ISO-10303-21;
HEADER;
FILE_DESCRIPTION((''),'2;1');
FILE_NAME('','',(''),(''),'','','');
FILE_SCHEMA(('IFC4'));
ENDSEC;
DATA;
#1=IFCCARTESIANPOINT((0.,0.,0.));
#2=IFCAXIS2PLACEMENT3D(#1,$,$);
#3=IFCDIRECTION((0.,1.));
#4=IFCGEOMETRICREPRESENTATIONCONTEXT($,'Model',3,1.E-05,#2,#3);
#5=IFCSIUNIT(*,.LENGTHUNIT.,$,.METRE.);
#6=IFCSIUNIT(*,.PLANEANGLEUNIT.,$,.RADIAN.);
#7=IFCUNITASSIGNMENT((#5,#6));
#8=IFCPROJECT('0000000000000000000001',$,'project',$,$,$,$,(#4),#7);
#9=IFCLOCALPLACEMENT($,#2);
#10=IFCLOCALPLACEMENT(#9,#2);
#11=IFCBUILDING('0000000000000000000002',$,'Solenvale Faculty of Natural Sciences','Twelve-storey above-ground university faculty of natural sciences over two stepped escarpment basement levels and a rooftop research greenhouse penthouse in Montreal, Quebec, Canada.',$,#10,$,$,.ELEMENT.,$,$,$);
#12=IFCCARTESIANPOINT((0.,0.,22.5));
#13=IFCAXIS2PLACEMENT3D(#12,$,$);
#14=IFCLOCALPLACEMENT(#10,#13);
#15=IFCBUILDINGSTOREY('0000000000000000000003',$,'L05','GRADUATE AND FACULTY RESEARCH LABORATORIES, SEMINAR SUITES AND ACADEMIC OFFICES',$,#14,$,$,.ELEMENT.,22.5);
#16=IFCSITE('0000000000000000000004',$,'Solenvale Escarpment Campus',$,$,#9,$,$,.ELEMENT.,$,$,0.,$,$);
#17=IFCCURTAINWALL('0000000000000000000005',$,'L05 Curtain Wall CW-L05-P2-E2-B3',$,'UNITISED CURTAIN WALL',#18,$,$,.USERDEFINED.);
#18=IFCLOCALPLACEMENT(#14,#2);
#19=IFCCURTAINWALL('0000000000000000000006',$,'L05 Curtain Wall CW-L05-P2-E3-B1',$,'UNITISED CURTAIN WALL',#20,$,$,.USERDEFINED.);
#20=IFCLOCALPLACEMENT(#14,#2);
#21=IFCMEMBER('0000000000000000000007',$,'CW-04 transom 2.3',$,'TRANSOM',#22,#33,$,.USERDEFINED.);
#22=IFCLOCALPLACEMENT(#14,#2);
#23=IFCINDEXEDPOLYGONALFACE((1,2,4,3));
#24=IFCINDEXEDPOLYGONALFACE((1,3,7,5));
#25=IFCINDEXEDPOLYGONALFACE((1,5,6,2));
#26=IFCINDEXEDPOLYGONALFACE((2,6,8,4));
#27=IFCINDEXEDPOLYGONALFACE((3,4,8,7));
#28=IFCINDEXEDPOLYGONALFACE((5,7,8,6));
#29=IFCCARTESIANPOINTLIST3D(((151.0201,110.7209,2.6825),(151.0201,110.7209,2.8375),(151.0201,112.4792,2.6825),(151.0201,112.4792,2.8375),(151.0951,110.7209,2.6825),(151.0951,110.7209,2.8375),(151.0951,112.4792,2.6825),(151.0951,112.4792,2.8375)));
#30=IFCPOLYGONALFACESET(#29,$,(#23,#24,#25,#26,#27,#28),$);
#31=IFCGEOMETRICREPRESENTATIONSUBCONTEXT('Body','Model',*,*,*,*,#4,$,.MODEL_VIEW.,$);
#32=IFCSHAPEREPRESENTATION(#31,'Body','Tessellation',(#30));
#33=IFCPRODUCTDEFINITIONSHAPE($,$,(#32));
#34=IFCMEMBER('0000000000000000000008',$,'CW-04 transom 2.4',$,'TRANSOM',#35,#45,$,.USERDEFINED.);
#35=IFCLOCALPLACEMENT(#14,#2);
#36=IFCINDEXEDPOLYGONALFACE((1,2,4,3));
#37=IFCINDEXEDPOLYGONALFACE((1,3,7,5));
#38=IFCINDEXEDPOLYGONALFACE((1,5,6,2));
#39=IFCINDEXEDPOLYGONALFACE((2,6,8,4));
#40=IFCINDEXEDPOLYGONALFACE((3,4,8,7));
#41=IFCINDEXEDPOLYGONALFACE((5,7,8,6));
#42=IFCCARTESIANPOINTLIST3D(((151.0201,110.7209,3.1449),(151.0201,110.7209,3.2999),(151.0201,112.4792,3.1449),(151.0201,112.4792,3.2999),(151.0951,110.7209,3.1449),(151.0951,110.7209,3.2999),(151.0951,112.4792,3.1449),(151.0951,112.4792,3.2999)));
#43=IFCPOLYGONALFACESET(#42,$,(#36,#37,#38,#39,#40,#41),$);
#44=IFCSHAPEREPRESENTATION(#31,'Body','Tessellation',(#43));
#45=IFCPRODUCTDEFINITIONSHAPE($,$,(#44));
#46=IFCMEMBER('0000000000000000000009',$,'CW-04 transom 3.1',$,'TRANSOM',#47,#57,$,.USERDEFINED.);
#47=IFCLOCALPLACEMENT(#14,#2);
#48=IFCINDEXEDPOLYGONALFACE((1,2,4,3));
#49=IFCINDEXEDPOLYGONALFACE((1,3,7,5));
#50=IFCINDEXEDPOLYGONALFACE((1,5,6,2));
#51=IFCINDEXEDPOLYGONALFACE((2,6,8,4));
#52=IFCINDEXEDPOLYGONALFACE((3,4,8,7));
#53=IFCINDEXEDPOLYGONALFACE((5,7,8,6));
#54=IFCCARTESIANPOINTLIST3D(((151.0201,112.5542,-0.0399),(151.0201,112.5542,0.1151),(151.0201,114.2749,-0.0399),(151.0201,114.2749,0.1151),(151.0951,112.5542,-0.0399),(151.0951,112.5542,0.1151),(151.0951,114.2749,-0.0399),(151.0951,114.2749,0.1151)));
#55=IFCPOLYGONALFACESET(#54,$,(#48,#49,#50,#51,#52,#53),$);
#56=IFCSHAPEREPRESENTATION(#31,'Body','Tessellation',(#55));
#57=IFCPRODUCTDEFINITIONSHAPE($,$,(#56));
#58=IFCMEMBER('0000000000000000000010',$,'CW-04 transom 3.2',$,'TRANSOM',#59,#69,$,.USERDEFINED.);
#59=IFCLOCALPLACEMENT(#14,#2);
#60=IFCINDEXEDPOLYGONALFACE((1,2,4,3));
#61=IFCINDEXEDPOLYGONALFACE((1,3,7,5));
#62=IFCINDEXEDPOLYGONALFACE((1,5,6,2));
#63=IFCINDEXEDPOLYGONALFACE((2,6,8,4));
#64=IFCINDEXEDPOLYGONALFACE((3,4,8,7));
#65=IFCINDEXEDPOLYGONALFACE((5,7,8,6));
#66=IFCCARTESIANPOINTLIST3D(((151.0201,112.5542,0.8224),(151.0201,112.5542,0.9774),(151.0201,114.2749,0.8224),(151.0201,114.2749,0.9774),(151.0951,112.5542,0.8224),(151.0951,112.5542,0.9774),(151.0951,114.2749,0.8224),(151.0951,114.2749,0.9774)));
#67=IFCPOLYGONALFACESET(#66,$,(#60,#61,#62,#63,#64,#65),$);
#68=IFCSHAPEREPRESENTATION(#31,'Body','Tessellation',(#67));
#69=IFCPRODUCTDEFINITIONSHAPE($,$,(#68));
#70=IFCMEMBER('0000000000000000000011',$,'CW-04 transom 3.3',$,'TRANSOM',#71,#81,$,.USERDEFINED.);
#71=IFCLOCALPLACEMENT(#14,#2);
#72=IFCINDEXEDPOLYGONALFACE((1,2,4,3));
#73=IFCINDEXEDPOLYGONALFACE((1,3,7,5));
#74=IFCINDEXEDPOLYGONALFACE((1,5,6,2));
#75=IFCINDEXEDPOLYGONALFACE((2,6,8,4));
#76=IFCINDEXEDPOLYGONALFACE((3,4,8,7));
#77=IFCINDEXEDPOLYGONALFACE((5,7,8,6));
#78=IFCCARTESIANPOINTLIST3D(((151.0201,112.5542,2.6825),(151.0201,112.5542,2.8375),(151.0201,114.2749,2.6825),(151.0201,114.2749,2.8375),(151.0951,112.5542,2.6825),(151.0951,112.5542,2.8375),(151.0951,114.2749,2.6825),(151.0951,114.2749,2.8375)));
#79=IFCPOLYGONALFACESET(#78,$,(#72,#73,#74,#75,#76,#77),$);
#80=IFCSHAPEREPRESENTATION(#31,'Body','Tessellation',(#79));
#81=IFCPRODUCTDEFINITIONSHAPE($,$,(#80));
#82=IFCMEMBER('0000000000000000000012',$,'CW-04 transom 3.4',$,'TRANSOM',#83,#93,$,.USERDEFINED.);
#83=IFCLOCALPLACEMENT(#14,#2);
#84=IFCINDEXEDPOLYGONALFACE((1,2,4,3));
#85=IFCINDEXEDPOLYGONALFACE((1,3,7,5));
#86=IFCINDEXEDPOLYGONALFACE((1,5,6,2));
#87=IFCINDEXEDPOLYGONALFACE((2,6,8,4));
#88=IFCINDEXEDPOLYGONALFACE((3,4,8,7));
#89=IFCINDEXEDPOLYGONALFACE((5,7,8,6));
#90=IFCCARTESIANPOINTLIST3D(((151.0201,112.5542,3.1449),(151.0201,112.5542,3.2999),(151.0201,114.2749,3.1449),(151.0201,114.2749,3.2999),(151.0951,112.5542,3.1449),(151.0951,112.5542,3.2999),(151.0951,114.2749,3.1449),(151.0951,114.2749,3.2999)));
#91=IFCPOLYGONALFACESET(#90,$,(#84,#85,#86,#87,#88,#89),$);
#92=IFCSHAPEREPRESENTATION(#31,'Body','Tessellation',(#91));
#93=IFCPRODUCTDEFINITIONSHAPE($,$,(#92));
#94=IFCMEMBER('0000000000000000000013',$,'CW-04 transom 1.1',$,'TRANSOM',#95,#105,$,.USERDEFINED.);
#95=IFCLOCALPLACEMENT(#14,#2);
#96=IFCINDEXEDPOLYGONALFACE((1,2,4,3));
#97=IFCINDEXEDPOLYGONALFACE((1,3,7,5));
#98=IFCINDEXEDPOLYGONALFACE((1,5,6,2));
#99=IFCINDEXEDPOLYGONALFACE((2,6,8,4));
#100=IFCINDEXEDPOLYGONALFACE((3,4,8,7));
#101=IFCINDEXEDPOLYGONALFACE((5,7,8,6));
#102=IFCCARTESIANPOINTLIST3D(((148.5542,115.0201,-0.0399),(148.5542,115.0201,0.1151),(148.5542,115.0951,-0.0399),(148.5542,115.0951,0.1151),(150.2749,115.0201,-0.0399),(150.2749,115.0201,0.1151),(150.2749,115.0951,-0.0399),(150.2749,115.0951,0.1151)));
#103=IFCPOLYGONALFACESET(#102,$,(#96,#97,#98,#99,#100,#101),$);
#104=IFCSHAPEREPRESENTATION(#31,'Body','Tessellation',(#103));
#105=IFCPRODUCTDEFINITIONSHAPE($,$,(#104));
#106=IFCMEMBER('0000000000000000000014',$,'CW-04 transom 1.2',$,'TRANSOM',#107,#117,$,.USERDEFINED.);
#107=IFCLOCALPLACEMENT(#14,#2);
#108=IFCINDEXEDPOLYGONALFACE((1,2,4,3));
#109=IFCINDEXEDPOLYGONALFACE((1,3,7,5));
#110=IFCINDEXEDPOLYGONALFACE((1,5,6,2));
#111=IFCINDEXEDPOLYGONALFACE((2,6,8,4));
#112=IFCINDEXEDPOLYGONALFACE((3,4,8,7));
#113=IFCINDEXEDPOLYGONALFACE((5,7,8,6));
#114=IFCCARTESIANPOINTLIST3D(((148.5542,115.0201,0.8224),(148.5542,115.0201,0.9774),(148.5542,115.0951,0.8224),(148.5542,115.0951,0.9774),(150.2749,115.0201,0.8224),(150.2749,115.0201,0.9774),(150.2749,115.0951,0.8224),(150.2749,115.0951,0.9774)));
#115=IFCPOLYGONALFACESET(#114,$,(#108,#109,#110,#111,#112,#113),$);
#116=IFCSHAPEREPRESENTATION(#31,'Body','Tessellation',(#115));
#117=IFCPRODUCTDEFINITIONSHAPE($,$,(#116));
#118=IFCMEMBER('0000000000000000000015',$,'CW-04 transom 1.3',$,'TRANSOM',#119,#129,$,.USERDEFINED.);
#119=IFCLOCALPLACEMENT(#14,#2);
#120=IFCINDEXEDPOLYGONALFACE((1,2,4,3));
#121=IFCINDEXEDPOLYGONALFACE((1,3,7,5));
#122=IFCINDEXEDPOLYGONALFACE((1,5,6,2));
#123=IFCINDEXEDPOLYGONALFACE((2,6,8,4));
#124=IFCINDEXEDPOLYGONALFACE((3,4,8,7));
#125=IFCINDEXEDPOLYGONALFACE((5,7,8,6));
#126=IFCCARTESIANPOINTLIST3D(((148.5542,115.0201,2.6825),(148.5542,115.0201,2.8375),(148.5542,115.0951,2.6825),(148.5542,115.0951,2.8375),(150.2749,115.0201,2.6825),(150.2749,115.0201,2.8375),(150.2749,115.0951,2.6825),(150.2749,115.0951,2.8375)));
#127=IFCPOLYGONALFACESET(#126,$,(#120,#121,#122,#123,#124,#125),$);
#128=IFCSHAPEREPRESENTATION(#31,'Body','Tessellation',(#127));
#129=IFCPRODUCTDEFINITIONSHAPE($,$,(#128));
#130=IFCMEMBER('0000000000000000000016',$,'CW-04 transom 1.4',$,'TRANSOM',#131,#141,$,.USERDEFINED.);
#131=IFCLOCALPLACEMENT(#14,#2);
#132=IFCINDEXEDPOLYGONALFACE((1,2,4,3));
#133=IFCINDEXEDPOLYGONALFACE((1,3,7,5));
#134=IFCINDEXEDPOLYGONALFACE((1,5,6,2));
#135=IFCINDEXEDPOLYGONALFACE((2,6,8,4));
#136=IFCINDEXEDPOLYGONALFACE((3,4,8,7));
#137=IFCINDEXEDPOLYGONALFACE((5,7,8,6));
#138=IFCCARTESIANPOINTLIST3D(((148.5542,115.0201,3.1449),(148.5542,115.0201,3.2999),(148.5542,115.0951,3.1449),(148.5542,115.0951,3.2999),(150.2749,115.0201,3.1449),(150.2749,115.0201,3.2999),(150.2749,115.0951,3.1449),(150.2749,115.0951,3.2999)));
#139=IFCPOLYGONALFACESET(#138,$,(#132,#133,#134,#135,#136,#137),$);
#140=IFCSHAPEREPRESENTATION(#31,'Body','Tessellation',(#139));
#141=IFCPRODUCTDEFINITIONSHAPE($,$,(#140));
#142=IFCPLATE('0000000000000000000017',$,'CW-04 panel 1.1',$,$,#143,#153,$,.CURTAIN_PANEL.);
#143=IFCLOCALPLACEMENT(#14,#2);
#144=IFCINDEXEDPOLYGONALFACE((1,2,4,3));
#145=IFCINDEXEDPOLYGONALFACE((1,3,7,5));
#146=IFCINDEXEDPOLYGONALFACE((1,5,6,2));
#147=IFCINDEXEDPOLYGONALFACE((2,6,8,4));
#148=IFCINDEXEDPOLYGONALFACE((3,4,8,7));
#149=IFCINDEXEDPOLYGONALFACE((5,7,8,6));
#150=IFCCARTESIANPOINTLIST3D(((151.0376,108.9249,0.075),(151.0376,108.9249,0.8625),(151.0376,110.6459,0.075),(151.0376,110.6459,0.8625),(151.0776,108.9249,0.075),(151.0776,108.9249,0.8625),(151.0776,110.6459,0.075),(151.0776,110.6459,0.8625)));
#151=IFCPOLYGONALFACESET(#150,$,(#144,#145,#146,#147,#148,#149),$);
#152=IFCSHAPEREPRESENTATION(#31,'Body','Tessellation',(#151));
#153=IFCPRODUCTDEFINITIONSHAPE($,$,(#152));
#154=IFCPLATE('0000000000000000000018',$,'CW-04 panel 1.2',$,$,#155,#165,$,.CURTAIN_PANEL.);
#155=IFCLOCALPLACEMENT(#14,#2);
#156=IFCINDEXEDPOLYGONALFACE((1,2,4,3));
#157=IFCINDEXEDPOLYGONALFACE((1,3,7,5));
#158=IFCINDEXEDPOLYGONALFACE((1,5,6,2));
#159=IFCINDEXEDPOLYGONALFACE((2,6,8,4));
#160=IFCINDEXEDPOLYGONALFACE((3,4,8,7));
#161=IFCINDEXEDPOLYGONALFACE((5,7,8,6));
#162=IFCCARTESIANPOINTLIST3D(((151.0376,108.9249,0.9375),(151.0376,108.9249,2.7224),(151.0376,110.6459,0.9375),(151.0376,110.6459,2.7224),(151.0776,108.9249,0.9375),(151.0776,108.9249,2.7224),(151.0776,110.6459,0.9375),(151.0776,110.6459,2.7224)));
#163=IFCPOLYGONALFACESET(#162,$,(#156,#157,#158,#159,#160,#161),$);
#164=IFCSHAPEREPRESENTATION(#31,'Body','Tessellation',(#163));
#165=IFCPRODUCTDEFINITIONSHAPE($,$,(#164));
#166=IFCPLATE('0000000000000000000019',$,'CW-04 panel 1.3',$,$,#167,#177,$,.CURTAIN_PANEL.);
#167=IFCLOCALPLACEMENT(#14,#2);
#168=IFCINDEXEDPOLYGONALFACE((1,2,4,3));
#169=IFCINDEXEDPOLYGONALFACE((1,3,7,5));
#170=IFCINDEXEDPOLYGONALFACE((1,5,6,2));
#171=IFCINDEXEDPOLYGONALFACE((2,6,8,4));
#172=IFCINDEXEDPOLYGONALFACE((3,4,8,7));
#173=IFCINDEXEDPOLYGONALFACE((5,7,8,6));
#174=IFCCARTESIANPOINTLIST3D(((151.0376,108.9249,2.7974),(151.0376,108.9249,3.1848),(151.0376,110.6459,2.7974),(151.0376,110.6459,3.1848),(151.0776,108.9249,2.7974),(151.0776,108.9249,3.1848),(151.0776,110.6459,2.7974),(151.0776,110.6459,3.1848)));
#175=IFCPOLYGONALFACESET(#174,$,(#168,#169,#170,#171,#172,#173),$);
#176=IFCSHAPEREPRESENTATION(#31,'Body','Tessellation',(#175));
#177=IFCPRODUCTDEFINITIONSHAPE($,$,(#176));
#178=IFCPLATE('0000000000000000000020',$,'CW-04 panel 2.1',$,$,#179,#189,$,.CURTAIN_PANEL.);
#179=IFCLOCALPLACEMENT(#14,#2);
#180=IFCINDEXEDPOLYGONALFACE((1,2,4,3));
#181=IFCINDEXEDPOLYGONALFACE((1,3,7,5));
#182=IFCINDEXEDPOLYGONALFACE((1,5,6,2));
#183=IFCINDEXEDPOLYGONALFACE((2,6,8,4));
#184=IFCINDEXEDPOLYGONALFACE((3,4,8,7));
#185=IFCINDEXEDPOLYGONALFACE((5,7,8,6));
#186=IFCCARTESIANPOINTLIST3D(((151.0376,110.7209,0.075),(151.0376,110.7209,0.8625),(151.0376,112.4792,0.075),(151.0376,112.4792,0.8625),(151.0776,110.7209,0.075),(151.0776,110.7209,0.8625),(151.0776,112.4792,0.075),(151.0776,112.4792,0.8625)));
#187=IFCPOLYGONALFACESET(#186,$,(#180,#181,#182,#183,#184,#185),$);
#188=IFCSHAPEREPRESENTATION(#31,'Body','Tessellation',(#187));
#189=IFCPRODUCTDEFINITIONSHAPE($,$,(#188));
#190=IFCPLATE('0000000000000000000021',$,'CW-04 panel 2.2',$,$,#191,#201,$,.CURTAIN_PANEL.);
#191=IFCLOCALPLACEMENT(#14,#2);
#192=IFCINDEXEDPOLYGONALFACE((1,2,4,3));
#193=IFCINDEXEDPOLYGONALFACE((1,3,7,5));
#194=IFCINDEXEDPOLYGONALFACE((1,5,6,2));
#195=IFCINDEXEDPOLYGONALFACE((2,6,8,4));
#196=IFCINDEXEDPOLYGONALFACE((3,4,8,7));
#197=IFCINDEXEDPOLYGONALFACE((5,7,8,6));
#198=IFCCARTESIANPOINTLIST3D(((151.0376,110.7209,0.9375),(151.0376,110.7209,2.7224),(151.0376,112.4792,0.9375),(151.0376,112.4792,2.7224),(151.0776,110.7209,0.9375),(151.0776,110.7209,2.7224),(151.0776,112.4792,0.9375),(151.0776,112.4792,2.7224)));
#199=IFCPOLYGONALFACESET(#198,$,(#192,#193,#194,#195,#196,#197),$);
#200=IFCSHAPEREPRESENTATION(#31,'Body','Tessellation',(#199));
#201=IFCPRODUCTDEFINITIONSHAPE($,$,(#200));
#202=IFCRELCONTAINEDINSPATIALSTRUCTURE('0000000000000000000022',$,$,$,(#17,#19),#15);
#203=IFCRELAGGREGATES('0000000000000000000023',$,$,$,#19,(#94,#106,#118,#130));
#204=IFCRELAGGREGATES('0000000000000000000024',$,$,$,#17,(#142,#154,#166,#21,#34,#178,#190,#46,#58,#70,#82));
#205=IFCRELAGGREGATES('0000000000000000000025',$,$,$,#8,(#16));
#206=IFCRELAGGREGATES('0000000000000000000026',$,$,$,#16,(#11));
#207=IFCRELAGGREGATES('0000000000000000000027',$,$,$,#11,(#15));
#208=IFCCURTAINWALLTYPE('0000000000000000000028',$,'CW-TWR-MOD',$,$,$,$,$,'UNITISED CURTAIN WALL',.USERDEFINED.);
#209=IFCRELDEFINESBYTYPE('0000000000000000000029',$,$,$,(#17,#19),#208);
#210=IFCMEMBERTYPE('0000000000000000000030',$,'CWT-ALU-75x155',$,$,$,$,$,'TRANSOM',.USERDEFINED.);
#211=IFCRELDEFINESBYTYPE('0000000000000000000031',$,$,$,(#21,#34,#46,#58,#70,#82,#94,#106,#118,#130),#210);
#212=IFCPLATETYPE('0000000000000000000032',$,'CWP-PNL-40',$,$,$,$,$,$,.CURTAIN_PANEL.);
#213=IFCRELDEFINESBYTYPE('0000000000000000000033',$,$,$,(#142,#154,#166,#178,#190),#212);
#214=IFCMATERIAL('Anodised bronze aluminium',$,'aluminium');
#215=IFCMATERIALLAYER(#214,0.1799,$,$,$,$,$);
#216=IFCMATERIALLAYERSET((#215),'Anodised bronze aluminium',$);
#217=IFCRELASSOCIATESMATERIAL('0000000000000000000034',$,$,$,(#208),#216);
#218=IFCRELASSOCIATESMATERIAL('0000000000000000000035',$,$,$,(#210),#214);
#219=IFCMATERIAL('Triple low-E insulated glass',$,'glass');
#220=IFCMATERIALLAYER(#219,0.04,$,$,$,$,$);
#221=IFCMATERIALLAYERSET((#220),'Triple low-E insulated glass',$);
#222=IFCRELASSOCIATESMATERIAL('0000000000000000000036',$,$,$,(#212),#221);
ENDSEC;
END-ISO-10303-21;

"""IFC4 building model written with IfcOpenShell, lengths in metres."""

from ifc_helpers import new_model, si_unit, direction, frame, origin, origin_2d, place, context, subcontext, project, spatial, rectangle, extrude, material, layer, layer_set, material_profile, profile_set, type_object, element, aggregate, save


model = new_model("IFC4")

# Units and contexts
model_context = context("Model", 3, precision=1e-05, world=origin(), true_north=direction((0.0, 1.0)))
body_context = subcontext(model_context, "Body", "Model", "MODEL_VIEW")
ifc_project = project(units=[si_unit("LENGTHUNIT", "METRE"), si_unit("PLANEANGLEUNIT", "RADIAN")], contexts=[model_context])

# Site, building, storey
site_placement = place(None, origin())
site = spatial("IfcSite", under=ifc_project, at=site_placement, Name="Solenvale Escarpment Campus", CompositionType="ELEMENT", RefElevation=0.0)
building_placement = place(site_placement, origin())
building = spatial("IfcBuilding", under=site, at=building_placement, Name="Solenvale Faculty of Natural Sciences", Description="Twelve-storey above-ground university faculty of natural sciences over two stepped escarpment basement levels and a rooftop research greenhouse penthouse in Montreal, Quebec, Canada.", CompositionType="ELEMENT")
storey_placement = place(building_placement, frame((0.0, 0.0, 22.5)))
storey = spatial("IfcBuildingStorey", under=building, at=storey_placement, Name="L05", Description="GRADUATE AND FACULTY RESEARCH LABORATORIES, SEMINAR SUITES AND ACADEMIC OFFICES", CompositionType="ELEMENT", Elevation=22.5)

# Curtain wall
ifc_material_1 = material(Name="Anodised bronze aluminium", Category="aluminium")
ifc_layer_1 = layer(ifc_material_1, 0.1799)
ifc_layer_set_1 = layer_set([ifc_layer_1], Name="Anodised bronze aluminium")
curtain_wall_type = type_object("IfcCurtainWallType", Name="CW-TWR-MOD", ElementType="UNITISED CURTAIN WALL", PredefinedType="USERDEFINED", material=ifc_layer_set_1)
curtain_wall_1_placement = place(storey_placement, origin())
curtain_wall_1 = element("IfcCurtainWall", 1, at=curtain_wall_1_placement, inside=storey, type_object=curtain_wall_type, Name="L05 Curtain Wall CW-L05-P2-E2-B3", ObjectType="UNITISED CURTAIN WALL", PredefinedType="USERDEFINED")

# Curtain wall
curtain_wall_2_placement = place(storey_placement, origin())
curtain_wall_2 = element("IfcCurtainWall", 2, at=curtain_wall_2_placement, inside=storey, type_object=curtain_wall_type, Name="L05 Curtain Wall CW-L05-P2-E3-B1", ObjectType="UNITISED CURTAIN WALL", PredefinedType="USERDEFINED")

# Members
ifc_material_profile_1 = material_profile(ifc_material_1, rectangle(XDim=0.075, YDim=0.155, at=origin_2d()), Name="ALU-TRN-75x155")
ifc_profile_set_1 = profile_set([ifc_material_profile_1], Name="Anodised bronze aluminium")
member_type_1 = type_object("IfcMemberType", Name="CWT-ALU-75x155", ElementType="TRANSOM", PredefinedType="USERDEFINED", material=ifc_profile_set_1)
member_1_placement = place(storey_placement, frame((151.0576, 110.7209, 2.76), z_axis=(0.0, 1.0, 0.0), x_axis=(-1.0, 0.0, 0.0)))
member_1 = element("IfcMember", 3, at=member_1_placement, type_object=member_type_1, Name="CW-04 transom 2.3", ObjectType="TRANSOM", PredefinedType="USERDEFINED", context=body_context, shape_type="SweptSolid", body=[
    extrude(rectangle(XDim=0.075, YDim=0.155, at=origin_2d()), origin(), (0.0, 0.0, 1.0), 1.7583),
])
member_2_placement = place(storey_placement, frame((151.0576, 110.7209, 3.2224), z_axis=(0.0, 1.0, 0.0), x_axis=(-1.0, 0.0, 0.0)))
member_2 = element("IfcMember", 4, at=member_2_placement, type_object=member_type_1, Name="CW-04 transom 2.4", ObjectType="TRANSOM", PredefinedType="USERDEFINED", context=body_context, shape_type="SweptSolid", body=[
    extrude(rectangle(XDim=0.075, YDim=0.155, at=origin_2d()), origin(), (0.0, 0.0, 1.0), 1.7583),
])
member_3_placement = place(storey_placement, frame((151.0576, 112.5542, 0.0376), z_axis=(0.0, 1.0, 0.0), x_axis=(-1.0, 0.0, 0.0)))
member_3 = element("IfcMember", 5, at=member_3_placement, type_object=member_type_1, Name="CW-04 transom 3.1", ObjectType="TRANSOM", PredefinedType="USERDEFINED", context=body_context, shape_type="SweptSolid", body=[
    extrude(rectangle(XDim=0.075, YDim=0.155, at=origin_2d()), origin(), (0.0, 0.0, 1.0), 1.7207),
])
member_4_placement = place(storey_placement, frame((151.0576, 112.5542, 0.8999), z_axis=(0.0, 1.0, 0.0), x_axis=(-1.0, 0.0, 0.0)))
member_4 = element("IfcMember", 6, at=member_4_placement, type_object=member_type_1, Name="CW-04 transom 3.2", ObjectType="TRANSOM", PredefinedType="USERDEFINED", context=body_context, shape_type="SweptSolid", body=[
    extrude(rectangle(XDim=0.075, YDim=0.155, at=origin_2d()), origin(), (0.0, 0.0, 1.0), 1.7207),
])
member_5_placement = place(storey_placement, frame((151.0576, 112.5542, 2.76), z_axis=(0.0, 1.0, 0.0), x_axis=(-1.0, 0.0, 0.0)))
member_5 = element("IfcMember", 7, at=member_5_placement, type_object=member_type_1, Name="CW-04 transom 3.3", ObjectType="TRANSOM", PredefinedType="USERDEFINED", context=body_context, shape_type="SweptSolid", body=[
    extrude(rectangle(XDim=0.075, YDim=0.155, at=origin_2d()), origin(), (0.0, 0.0, 1.0), 1.7207),
])
member_6_placement = place(storey_placement, frame((151.0576, 112.5542, 3.2224), z_axis=(0.0, 1.0, 0.0), x_axis=(-1.0, 0.0, 0.0)))
member_6 = element("IfcMember", 8, at=member_6_placement, type_object=member_type_1, Name="CW-04 transom 3.4", ObjectType="TRANSOM", PredefinedType="USERDEFINED", context=body_context, shape_type="SweptSolid", body=[
    extrude(rectangle(XDim=0.075, YDim=0.155, at=origin_2d()), origin(), (0.0, 0.0, 1.0), 1.7207),
])
member_7_placement = place(storey_placement, frame((150.2749, 115.0576, 0.0376), z_axis=(-1.0, 0.0, 0.0), x_axis=(0.0, -1.0, 0.0)))
member_7 = element("IfcMember", 9, at=member_7_placement, type_object=member_type_1, Name="CW-04 transom 1.1", ObjectType="TRANSOM", PredefinedType="USERDEFINED", context=body_context, shape_type="SweptSolid", body=[
    extrude(rectangle(XDim=0.075, YDim=0.155, at=origin_2d()), origin(), (0.0, 0.0, 1.0), 1.7207),
])
member_8_placement = place(storey_placement, frame((150.2749, 115.0576, 0.8999), z_axis=(-1.0, 0.0, 0.0), x_axis=(0.0, -1.0, 0.0)))
member_8 = element("IfcMember", 10, at=member_8_placement, type_object=member_type_1, Name="CW-04 transom 1.2", ObjectType="TRANSOM", PredefinedType="USERDEFINED", context=body_context, shape_type="SweptSolid", body=[
    extrude(rectangle(XDim=0.075, YDim=0.155, at=origin_2d()), origin(), (0.0, 0.0, 1.0), 1.7207),
])
member_9_placement = place(storey_placement, frame((150.2749, 115.0576, 2.76), z_axis=(-1.0, 0.0, 0.0), x_axis=(0.0, -1.0, 0.0)))
member_9 = element("IfcMember", 11, at=member_9_placement, type_object=member_type_1, Name="CW-04 transom 1.3", ObjectType="TRANSOM", PredefinedType="USERDEFINED", context=body_context, shape_type="SweptSolid", body=[
    extrude(rectangle(XDim=0.075, YDim=0.155, at=origin_2d()), origin(), (0.0, 0.0, 1.0), 1.7207),
])
member_10_placement = place(storey_placement, frame((150.2749, 115.0576, 3.2224), z_axis=(-1.0, 0.0, 0.0), x_axis=(0.0, -1.0, 0.0)))
member_10 = element("IfcMember", 12, at=member_10_placement, type_object=member_type_1, Name="CW-04 transom 1.4", ObjectType="TRANSOM", PredefinedType="USERDEFINED", context=body_context, shape_type="SweptSolid", body=[
    extrude(rectangle(XDim=0.075, YDim=0.155, at=origin_2d()), origin(), (0.0, 0.0, 1.0), 1.7207),
])
aggregate(curtain_wall_2, [member_7, member_8, member_9, member_10])

# Plates
ifc_material_2 = material(Name="Triple low-E insulated glass", Category="glass")
ifc_layer_2 = layer(ifc_material_2, 0.04)
ifc_layer_set_2 = layer_set([ifc_layer_2], Name="Triple low-E insulated glass")
plate_type = type_object("IfcPlateType", Name="CWP-PNL-40", PredefinedType="CURTAIN_PANEL", material=ifc_layer_set_2)
plate_1_placement = place(storey_placement, frame((151.0576, 109.7854, 0.075), z_axis=(0.0, 0.0, 1.0), x_axis=(0.0, 1.0, 0.0)))
plate_1 = element("IfcPlate", 13, at=plate_1_placement, type_object=plate_type, Name="CW-04 panel 1.1", PredefinedType="CURTAIN_PANEL", context=body_context, shape_type="SweptSolid", body=[
    extrude(rectangle(XDim=1.7209, YDim=0.04, at=origin_2d()), origin(), (0.0, 0.0, 1.0), 0.7876),
])
plate_2_placement = place(storey_placement, frame((151.0576, 109.7854, 0.9375), z_axis=(0.0, 0.0, 1.0), x_axis=(0.0, 1.0, 0.0)))
plate_2 = element("IfcPlate", 14, at=plate_2_placement, type_object=plate_type, Name="CW-04 panel 1.2", PredefinedType="CURTAIN_PANEL", context=body_context, shape_type="SweptSolid", body=[
    extrude(rectangle(XDim=1.7209, YDim=0.04, at=origin_2d()), origin(), (0.0, 0.0, 1.0), 1.7849),
])
plate_3_placement = place(storey_placement, frame((151.0576, 109.7854, 2.7974), z_axis=(0.0, 0.0, 1.0), x_axis=(0.0, 1.0, 0.0)))
plate_3 = element("IfcPlate", 15, at=plate_3_placement, type_object=plate_type, Name="CW-04 panel 1.3", PredefinedType="CURTAIN_PANEL", context=body_context, shape_type="SweptSolid", body=[
    extrude(rectangle(XDim=1.7209, YDim=0.04, at=origin_2d()), origin(), (0.0, 0.0, 1.0), 0.3875),
])
plate_4_placement = place(storey_placement, frame((151.0576, 111.6001, 0.075), z_axis=(0.0, 0.0, 1.0), x_axis=(0.0, 1.0, 0.0)))
plate_4 = element("IfcPlate", 16, at=plate_4_placement, type_object=plate_type, Name="CW-04 panel 2.1", PredefinedType="CURTAIN_PANEL", context=body_context, shape_type="SweptSolid", body=[
    extrude(rectangle(XDim=1.7583, YDim=0.04, at=origin_2d()), origin(), (0.0, 0.0, 1.0), 0.7876),
])
plate_5_placement = place(storey_placement, frame((151.0576, 111.6001, 0.9375), z_axis=(0.0, 0.0, 1.0), x_axis=(0.0, 1.0, 0.0)))
plate_5 = element("IfcPlate", 17, at=plate_5_placement, type_object=plate_type, Name="CW-04 panel 2.2", PredefinedType="CURTAIN_PANEL", context=body_context, shape_type="SweptSolid", body=[
    extrude(rectangle(XDim=1.7583, YDim=0.04, at=origin_2d()), origin(), (0.0, 0.0, 1.0), 1.7849),
])
aggregate(curtain_wall_1, [plate_1, plate_2, plate_3, member_1, member_2, plate_4, plate_5, member_3, member_4, member_5, member_6])

save(model, "model.ifc")
